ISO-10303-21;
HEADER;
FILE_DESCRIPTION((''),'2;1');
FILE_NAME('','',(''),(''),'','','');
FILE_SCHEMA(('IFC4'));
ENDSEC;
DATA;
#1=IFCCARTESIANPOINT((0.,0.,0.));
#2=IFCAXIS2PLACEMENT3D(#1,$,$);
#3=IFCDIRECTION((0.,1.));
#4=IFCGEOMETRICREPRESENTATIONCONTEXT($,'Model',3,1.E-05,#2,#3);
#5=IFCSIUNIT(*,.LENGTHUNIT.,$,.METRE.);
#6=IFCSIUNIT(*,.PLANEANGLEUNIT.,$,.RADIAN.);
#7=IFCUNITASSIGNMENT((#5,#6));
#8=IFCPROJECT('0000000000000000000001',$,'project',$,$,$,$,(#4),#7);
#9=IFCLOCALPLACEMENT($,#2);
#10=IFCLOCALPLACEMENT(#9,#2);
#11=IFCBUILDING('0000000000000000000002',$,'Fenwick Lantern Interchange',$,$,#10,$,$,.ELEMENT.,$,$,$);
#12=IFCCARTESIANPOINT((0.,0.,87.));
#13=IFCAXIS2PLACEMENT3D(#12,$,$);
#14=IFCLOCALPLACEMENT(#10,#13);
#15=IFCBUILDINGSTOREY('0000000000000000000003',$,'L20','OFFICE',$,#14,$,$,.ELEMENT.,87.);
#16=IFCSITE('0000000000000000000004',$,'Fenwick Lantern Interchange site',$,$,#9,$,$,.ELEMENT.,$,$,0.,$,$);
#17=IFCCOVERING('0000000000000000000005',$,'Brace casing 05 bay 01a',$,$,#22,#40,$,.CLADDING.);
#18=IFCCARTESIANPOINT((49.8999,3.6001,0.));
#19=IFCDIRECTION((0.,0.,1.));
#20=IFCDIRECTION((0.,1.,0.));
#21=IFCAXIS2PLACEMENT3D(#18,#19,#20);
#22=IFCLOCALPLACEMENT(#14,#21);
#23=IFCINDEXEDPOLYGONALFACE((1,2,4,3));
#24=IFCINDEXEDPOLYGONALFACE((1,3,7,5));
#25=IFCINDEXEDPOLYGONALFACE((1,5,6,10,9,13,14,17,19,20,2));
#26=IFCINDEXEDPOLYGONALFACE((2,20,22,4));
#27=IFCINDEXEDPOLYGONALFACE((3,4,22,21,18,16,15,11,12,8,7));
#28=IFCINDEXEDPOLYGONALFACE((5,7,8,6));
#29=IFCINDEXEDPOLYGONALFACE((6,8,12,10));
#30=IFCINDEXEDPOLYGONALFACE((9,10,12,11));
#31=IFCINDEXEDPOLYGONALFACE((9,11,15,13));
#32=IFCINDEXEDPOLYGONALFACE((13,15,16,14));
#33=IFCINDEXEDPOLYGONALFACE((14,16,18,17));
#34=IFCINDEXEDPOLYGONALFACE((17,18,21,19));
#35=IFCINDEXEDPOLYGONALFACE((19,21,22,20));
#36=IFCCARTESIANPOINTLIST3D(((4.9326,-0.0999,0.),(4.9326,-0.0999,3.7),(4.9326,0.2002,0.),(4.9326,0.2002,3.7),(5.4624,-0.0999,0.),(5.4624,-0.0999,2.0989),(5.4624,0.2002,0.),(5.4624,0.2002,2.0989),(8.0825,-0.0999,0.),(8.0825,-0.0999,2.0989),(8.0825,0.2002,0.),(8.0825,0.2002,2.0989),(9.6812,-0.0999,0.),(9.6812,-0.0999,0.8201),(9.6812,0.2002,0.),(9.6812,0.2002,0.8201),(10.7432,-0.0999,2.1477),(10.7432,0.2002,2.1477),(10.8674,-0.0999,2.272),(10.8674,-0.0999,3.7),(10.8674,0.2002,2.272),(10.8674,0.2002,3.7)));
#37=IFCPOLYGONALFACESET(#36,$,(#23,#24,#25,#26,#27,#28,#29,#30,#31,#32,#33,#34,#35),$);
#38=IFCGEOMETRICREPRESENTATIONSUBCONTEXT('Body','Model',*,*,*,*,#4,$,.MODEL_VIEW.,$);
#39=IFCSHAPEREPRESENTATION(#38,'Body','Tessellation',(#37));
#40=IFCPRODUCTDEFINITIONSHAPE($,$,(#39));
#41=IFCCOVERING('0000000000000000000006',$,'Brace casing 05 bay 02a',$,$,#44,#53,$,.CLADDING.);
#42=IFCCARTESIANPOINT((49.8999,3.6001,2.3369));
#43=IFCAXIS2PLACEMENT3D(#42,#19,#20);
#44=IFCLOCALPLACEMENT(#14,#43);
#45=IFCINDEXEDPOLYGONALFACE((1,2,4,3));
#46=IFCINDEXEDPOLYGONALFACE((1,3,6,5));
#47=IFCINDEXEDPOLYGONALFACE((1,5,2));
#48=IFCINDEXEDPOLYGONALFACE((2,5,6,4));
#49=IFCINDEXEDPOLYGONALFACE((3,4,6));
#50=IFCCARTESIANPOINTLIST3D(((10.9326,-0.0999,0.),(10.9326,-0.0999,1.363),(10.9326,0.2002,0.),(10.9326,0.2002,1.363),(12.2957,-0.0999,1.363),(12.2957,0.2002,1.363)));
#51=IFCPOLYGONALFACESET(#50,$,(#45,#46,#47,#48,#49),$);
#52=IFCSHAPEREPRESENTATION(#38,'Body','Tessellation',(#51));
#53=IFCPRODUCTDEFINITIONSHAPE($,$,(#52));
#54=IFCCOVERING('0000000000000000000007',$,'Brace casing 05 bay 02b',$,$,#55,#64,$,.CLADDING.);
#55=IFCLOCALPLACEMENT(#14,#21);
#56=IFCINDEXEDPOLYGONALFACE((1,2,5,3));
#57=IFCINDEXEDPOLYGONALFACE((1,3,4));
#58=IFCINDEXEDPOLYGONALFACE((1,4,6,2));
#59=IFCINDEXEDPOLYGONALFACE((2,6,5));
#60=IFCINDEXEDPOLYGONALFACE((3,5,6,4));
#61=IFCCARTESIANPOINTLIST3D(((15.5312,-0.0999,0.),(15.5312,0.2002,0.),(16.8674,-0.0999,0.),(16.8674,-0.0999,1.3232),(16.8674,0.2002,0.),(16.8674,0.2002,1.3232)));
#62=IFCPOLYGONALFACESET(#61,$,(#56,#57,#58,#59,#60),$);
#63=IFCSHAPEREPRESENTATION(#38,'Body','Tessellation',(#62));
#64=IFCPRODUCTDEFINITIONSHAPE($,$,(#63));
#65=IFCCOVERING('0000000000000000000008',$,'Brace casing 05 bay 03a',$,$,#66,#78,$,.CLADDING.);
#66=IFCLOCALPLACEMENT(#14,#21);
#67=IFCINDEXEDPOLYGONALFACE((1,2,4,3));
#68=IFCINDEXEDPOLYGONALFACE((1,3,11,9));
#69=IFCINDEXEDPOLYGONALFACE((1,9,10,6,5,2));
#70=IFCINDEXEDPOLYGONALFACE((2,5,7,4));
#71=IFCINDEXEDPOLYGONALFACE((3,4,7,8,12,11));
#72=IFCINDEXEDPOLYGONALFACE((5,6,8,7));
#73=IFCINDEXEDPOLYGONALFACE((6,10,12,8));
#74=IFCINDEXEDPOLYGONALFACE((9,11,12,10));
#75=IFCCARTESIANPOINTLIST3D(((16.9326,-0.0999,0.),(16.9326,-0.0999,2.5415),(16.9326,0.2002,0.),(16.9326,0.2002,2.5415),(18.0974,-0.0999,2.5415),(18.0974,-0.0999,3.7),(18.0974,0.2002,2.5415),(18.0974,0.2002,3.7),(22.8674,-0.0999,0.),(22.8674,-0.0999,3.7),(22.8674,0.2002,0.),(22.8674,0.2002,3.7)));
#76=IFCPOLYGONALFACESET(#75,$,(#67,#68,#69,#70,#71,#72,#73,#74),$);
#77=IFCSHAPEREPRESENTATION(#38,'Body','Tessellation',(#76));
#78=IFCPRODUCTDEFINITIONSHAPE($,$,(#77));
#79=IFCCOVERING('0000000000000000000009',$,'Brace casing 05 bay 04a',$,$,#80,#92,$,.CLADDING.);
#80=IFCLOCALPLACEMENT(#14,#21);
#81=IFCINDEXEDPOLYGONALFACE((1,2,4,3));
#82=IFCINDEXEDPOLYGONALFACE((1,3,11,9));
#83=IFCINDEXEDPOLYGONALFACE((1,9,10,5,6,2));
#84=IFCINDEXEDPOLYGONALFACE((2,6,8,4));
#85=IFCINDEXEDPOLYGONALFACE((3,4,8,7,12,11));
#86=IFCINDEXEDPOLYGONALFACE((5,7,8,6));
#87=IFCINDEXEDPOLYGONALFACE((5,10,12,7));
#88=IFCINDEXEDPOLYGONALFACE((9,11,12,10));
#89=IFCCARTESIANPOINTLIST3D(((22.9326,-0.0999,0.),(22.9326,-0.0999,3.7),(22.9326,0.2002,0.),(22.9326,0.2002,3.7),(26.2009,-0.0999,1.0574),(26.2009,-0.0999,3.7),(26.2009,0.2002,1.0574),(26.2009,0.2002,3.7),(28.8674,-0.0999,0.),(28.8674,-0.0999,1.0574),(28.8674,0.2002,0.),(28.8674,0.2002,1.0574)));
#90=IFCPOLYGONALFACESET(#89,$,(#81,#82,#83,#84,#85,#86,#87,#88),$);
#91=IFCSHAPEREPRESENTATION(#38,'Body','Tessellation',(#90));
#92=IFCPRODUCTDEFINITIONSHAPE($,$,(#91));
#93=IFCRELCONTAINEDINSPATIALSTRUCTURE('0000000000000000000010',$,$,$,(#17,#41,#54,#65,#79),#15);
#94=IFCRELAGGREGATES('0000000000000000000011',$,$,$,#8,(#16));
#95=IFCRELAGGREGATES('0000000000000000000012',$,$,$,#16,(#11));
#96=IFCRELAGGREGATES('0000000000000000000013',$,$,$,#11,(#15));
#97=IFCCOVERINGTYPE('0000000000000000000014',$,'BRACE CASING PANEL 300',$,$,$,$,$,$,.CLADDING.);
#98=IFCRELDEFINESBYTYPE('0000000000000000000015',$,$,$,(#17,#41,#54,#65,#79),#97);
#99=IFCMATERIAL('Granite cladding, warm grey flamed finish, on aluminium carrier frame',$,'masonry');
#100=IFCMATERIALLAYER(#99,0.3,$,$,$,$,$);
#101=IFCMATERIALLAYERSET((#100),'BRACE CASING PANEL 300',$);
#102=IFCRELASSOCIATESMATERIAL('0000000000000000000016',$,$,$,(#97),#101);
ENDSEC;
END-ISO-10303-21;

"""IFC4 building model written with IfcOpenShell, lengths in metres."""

from ifc_helpers import new_model, si_unit, direction, frame, origin, place, context, subcontext, project, spatial, polyline, outline, extrude, material, layer, layer_set, type_object, element, save


model = new_model("IFC4")

# Units and contexts
model_context = context("Model", 3, precision=1e-05, world=origin(), true_north=direction((0.0, 1.0)))
body_context = subcontext(model_context, "Body", "Model", "MODEL_VIEW")
ifc_project = project(units=[si_unit("LENGTHUNIT", "METRE"), si_unit("PLANEANGLEUNIT", "RADIAN")], contexts=[model_context])

# Site, building, storey
site_placement = place(None, origin())
site = spatial("IfcSite", under=ifc_project, at=site_placement, Name="Fenwick Lantern Interchange site", CompositionType="ELEMENT", RefElevation=0.0)
building_placement = place(site_placement, origin())
building = spatial("IfcBuilding", under=site, at=building_placement, Name="Fenwick Lantern Interchange", CompositionType="ELEMENT")
storey_placement = place(building_placement, frame((0.0, 0.0, 87.0)))
storey = spatial("IfcBuildingStorey", under=building, at=storey_placement, Name="L20", Description="OFFICE", CompositionType="ELEMENT", Elevation=87.0)

# Coverings
ifc_material_1 = material(Name="Granite cladding, warm grey flamed finish, on aluminium carrier frame", Category="masonry")
ifc_layer_1 = layer(ifc_material_1, 0.3)
ifc_layer_set_1 = layer_set([ifc_layer_1], Name="BRACE CASING PANEL 300")
covering_type = type_object("IfcCoveringType", Name="BRACE CASING PANEL 300", PredefinedType="CLADDING", material=ifc_layer_set_1)
covering_1_placement = place(storey_placement, frame((49.8999, 3.6001, 0.0), z_axis=(0.0, 0.0, 1.0), x_axis=(0.0, 1.0, 0.0)))
element("IfcCovering", 1, at=covering_1_placement, inside=storey, type_object=covering_type, Name="Brace casing 05 bay 01a", PredefinedType="CLADDING", context=body_context, shape_type="SweptSolid", body=[
    extrude(outline(polyline([(4.9326, 0.0), (5.4624, 0.0), (5.4624, 2.0989), (8.0825, 2.0989), (8.0825, 0.0), (9.6812, 0.0), (9.6812, 0.8201), (10.7432, 2.1477), (10.8674, 2.272), (10.8674, 3.7), (4.9326, 3.7), (4.9326, 0.0)])), frame((0.0, 0.2002, 0.0), z_axis=(0.0, -1.0, 0.0), x_axis=(1.0, 0.0, 0.0)), (0.0, 0.0, 1.0), 0.3),
])
covering_2_placement = place(storey_placement, frame((49.8999, 3.6001, 2.3369), z_axis=(0.0, 0.0, 1.0), x_axis=(0.0, 1.0, 0.0)))
element("IfcCovering", 2, at=covering_2_placement, inside=storey, type_object=covering_type, Name="Brace casing 05 bay 02a", PredefinedType="CLADDING", context=body_context, shape_type="SweptSolid", body=[
    extrude(outline(polyline([(10.9326, 0.0), (12.2957, 1.363), (10.9326, 1.363), (10.9326, 0.0)])), frame((0.0, 0.2002, 0.0), z_axis=(0.0, -1.0, 0.0), x_axis=(1.0, 0.0, 0.0)), (0.0, 0.0, 1.0), 0.3),
])
covering_3_placement = place(storey_placement, frame((49.8999, 3.6001, 0.0), z_axis=(0.0, 0.0, 1.0), x_axis=(0.0, 1.0, 0.0)))
element("IfcCovering", 3, at=covering_3_placement, inside=storey, type_object=covering_type, Name="Brace casing 05 bay 02b", PredefinedType="CLADDING", context=body_context, shape_type="SweptSolid", body=[
    extrude(outline(polyline([(15.5312, 0.0), (16.8674, 0.0), (16.8674, 1.3232), (15.5312, 0.0)])), frame((0.0, 0.2002, 0.0), z_axis=(0.0, -1.0, 0.0), x_axis=(1.0, 0.0, 0.0)), (0.0, 0.0, 1.0), 0.3),
])
covering_4_placement = place(storey_placement, frame((49.8999, 3.6001, 0.0), z_axis=(0.0, 0.0, 1.0), x_axis=(0.0, 1.0, 0.0)))
element("IfcCovering", 4, at=covering_4_placement, inside=storey, type_object=covering_type, Name="Brace casing 05 bay 03a", PredefinedType="CLADDING", context=body_context, shape_type="SweptSolid", body=[
    extrude(outline(polyline([(16.9326, 0.0), (22.8674, 0.0), (22.8674, 3.7), (18.0974, 3.7), (18.0974, 2.5415), (16.9326, 2.5415), (16.9326, 0.0)])), frame((0.0, 0.2002, 0.0), z_axis=(0.0, -1.0, 0.0), x_axis=(1.0, 0.0, 0.0)), (0.0, 0.0, 1.0), 0.3),
])
covering_5_placement = place(storey_placement, frame((49.8999, 3.6001, 0.0), z_axis=(0.0, 0.0, 1.0), x_axis=(0.0, 1.0, 0.0)))
element("IfcCovering", 5, at=covering_5_placement, inside=storey, type_object=covering_type, Name="Brace casing 05 bay 04a", PredefinedType="CLADDING", context=body_context, shape_type="SweptSolid", body=[
    extrude(outline(polyline([(22.9326, 0.0), (28.8674, 0.0), (28.8674, 1.0574), (26.2009, 1.0574), (26.2009, 3.7), (22.9326, 3.7), (22.9326, 0.0)])), frame((0.0, 0.2002, 0.0), z_axis=(0.0, -1.0, 0.0), x_axis=(1.0, 0.0, 0.0)), (0.0, 0.0, 1.0), 0.3),
])

save(model, "model.ifc")
